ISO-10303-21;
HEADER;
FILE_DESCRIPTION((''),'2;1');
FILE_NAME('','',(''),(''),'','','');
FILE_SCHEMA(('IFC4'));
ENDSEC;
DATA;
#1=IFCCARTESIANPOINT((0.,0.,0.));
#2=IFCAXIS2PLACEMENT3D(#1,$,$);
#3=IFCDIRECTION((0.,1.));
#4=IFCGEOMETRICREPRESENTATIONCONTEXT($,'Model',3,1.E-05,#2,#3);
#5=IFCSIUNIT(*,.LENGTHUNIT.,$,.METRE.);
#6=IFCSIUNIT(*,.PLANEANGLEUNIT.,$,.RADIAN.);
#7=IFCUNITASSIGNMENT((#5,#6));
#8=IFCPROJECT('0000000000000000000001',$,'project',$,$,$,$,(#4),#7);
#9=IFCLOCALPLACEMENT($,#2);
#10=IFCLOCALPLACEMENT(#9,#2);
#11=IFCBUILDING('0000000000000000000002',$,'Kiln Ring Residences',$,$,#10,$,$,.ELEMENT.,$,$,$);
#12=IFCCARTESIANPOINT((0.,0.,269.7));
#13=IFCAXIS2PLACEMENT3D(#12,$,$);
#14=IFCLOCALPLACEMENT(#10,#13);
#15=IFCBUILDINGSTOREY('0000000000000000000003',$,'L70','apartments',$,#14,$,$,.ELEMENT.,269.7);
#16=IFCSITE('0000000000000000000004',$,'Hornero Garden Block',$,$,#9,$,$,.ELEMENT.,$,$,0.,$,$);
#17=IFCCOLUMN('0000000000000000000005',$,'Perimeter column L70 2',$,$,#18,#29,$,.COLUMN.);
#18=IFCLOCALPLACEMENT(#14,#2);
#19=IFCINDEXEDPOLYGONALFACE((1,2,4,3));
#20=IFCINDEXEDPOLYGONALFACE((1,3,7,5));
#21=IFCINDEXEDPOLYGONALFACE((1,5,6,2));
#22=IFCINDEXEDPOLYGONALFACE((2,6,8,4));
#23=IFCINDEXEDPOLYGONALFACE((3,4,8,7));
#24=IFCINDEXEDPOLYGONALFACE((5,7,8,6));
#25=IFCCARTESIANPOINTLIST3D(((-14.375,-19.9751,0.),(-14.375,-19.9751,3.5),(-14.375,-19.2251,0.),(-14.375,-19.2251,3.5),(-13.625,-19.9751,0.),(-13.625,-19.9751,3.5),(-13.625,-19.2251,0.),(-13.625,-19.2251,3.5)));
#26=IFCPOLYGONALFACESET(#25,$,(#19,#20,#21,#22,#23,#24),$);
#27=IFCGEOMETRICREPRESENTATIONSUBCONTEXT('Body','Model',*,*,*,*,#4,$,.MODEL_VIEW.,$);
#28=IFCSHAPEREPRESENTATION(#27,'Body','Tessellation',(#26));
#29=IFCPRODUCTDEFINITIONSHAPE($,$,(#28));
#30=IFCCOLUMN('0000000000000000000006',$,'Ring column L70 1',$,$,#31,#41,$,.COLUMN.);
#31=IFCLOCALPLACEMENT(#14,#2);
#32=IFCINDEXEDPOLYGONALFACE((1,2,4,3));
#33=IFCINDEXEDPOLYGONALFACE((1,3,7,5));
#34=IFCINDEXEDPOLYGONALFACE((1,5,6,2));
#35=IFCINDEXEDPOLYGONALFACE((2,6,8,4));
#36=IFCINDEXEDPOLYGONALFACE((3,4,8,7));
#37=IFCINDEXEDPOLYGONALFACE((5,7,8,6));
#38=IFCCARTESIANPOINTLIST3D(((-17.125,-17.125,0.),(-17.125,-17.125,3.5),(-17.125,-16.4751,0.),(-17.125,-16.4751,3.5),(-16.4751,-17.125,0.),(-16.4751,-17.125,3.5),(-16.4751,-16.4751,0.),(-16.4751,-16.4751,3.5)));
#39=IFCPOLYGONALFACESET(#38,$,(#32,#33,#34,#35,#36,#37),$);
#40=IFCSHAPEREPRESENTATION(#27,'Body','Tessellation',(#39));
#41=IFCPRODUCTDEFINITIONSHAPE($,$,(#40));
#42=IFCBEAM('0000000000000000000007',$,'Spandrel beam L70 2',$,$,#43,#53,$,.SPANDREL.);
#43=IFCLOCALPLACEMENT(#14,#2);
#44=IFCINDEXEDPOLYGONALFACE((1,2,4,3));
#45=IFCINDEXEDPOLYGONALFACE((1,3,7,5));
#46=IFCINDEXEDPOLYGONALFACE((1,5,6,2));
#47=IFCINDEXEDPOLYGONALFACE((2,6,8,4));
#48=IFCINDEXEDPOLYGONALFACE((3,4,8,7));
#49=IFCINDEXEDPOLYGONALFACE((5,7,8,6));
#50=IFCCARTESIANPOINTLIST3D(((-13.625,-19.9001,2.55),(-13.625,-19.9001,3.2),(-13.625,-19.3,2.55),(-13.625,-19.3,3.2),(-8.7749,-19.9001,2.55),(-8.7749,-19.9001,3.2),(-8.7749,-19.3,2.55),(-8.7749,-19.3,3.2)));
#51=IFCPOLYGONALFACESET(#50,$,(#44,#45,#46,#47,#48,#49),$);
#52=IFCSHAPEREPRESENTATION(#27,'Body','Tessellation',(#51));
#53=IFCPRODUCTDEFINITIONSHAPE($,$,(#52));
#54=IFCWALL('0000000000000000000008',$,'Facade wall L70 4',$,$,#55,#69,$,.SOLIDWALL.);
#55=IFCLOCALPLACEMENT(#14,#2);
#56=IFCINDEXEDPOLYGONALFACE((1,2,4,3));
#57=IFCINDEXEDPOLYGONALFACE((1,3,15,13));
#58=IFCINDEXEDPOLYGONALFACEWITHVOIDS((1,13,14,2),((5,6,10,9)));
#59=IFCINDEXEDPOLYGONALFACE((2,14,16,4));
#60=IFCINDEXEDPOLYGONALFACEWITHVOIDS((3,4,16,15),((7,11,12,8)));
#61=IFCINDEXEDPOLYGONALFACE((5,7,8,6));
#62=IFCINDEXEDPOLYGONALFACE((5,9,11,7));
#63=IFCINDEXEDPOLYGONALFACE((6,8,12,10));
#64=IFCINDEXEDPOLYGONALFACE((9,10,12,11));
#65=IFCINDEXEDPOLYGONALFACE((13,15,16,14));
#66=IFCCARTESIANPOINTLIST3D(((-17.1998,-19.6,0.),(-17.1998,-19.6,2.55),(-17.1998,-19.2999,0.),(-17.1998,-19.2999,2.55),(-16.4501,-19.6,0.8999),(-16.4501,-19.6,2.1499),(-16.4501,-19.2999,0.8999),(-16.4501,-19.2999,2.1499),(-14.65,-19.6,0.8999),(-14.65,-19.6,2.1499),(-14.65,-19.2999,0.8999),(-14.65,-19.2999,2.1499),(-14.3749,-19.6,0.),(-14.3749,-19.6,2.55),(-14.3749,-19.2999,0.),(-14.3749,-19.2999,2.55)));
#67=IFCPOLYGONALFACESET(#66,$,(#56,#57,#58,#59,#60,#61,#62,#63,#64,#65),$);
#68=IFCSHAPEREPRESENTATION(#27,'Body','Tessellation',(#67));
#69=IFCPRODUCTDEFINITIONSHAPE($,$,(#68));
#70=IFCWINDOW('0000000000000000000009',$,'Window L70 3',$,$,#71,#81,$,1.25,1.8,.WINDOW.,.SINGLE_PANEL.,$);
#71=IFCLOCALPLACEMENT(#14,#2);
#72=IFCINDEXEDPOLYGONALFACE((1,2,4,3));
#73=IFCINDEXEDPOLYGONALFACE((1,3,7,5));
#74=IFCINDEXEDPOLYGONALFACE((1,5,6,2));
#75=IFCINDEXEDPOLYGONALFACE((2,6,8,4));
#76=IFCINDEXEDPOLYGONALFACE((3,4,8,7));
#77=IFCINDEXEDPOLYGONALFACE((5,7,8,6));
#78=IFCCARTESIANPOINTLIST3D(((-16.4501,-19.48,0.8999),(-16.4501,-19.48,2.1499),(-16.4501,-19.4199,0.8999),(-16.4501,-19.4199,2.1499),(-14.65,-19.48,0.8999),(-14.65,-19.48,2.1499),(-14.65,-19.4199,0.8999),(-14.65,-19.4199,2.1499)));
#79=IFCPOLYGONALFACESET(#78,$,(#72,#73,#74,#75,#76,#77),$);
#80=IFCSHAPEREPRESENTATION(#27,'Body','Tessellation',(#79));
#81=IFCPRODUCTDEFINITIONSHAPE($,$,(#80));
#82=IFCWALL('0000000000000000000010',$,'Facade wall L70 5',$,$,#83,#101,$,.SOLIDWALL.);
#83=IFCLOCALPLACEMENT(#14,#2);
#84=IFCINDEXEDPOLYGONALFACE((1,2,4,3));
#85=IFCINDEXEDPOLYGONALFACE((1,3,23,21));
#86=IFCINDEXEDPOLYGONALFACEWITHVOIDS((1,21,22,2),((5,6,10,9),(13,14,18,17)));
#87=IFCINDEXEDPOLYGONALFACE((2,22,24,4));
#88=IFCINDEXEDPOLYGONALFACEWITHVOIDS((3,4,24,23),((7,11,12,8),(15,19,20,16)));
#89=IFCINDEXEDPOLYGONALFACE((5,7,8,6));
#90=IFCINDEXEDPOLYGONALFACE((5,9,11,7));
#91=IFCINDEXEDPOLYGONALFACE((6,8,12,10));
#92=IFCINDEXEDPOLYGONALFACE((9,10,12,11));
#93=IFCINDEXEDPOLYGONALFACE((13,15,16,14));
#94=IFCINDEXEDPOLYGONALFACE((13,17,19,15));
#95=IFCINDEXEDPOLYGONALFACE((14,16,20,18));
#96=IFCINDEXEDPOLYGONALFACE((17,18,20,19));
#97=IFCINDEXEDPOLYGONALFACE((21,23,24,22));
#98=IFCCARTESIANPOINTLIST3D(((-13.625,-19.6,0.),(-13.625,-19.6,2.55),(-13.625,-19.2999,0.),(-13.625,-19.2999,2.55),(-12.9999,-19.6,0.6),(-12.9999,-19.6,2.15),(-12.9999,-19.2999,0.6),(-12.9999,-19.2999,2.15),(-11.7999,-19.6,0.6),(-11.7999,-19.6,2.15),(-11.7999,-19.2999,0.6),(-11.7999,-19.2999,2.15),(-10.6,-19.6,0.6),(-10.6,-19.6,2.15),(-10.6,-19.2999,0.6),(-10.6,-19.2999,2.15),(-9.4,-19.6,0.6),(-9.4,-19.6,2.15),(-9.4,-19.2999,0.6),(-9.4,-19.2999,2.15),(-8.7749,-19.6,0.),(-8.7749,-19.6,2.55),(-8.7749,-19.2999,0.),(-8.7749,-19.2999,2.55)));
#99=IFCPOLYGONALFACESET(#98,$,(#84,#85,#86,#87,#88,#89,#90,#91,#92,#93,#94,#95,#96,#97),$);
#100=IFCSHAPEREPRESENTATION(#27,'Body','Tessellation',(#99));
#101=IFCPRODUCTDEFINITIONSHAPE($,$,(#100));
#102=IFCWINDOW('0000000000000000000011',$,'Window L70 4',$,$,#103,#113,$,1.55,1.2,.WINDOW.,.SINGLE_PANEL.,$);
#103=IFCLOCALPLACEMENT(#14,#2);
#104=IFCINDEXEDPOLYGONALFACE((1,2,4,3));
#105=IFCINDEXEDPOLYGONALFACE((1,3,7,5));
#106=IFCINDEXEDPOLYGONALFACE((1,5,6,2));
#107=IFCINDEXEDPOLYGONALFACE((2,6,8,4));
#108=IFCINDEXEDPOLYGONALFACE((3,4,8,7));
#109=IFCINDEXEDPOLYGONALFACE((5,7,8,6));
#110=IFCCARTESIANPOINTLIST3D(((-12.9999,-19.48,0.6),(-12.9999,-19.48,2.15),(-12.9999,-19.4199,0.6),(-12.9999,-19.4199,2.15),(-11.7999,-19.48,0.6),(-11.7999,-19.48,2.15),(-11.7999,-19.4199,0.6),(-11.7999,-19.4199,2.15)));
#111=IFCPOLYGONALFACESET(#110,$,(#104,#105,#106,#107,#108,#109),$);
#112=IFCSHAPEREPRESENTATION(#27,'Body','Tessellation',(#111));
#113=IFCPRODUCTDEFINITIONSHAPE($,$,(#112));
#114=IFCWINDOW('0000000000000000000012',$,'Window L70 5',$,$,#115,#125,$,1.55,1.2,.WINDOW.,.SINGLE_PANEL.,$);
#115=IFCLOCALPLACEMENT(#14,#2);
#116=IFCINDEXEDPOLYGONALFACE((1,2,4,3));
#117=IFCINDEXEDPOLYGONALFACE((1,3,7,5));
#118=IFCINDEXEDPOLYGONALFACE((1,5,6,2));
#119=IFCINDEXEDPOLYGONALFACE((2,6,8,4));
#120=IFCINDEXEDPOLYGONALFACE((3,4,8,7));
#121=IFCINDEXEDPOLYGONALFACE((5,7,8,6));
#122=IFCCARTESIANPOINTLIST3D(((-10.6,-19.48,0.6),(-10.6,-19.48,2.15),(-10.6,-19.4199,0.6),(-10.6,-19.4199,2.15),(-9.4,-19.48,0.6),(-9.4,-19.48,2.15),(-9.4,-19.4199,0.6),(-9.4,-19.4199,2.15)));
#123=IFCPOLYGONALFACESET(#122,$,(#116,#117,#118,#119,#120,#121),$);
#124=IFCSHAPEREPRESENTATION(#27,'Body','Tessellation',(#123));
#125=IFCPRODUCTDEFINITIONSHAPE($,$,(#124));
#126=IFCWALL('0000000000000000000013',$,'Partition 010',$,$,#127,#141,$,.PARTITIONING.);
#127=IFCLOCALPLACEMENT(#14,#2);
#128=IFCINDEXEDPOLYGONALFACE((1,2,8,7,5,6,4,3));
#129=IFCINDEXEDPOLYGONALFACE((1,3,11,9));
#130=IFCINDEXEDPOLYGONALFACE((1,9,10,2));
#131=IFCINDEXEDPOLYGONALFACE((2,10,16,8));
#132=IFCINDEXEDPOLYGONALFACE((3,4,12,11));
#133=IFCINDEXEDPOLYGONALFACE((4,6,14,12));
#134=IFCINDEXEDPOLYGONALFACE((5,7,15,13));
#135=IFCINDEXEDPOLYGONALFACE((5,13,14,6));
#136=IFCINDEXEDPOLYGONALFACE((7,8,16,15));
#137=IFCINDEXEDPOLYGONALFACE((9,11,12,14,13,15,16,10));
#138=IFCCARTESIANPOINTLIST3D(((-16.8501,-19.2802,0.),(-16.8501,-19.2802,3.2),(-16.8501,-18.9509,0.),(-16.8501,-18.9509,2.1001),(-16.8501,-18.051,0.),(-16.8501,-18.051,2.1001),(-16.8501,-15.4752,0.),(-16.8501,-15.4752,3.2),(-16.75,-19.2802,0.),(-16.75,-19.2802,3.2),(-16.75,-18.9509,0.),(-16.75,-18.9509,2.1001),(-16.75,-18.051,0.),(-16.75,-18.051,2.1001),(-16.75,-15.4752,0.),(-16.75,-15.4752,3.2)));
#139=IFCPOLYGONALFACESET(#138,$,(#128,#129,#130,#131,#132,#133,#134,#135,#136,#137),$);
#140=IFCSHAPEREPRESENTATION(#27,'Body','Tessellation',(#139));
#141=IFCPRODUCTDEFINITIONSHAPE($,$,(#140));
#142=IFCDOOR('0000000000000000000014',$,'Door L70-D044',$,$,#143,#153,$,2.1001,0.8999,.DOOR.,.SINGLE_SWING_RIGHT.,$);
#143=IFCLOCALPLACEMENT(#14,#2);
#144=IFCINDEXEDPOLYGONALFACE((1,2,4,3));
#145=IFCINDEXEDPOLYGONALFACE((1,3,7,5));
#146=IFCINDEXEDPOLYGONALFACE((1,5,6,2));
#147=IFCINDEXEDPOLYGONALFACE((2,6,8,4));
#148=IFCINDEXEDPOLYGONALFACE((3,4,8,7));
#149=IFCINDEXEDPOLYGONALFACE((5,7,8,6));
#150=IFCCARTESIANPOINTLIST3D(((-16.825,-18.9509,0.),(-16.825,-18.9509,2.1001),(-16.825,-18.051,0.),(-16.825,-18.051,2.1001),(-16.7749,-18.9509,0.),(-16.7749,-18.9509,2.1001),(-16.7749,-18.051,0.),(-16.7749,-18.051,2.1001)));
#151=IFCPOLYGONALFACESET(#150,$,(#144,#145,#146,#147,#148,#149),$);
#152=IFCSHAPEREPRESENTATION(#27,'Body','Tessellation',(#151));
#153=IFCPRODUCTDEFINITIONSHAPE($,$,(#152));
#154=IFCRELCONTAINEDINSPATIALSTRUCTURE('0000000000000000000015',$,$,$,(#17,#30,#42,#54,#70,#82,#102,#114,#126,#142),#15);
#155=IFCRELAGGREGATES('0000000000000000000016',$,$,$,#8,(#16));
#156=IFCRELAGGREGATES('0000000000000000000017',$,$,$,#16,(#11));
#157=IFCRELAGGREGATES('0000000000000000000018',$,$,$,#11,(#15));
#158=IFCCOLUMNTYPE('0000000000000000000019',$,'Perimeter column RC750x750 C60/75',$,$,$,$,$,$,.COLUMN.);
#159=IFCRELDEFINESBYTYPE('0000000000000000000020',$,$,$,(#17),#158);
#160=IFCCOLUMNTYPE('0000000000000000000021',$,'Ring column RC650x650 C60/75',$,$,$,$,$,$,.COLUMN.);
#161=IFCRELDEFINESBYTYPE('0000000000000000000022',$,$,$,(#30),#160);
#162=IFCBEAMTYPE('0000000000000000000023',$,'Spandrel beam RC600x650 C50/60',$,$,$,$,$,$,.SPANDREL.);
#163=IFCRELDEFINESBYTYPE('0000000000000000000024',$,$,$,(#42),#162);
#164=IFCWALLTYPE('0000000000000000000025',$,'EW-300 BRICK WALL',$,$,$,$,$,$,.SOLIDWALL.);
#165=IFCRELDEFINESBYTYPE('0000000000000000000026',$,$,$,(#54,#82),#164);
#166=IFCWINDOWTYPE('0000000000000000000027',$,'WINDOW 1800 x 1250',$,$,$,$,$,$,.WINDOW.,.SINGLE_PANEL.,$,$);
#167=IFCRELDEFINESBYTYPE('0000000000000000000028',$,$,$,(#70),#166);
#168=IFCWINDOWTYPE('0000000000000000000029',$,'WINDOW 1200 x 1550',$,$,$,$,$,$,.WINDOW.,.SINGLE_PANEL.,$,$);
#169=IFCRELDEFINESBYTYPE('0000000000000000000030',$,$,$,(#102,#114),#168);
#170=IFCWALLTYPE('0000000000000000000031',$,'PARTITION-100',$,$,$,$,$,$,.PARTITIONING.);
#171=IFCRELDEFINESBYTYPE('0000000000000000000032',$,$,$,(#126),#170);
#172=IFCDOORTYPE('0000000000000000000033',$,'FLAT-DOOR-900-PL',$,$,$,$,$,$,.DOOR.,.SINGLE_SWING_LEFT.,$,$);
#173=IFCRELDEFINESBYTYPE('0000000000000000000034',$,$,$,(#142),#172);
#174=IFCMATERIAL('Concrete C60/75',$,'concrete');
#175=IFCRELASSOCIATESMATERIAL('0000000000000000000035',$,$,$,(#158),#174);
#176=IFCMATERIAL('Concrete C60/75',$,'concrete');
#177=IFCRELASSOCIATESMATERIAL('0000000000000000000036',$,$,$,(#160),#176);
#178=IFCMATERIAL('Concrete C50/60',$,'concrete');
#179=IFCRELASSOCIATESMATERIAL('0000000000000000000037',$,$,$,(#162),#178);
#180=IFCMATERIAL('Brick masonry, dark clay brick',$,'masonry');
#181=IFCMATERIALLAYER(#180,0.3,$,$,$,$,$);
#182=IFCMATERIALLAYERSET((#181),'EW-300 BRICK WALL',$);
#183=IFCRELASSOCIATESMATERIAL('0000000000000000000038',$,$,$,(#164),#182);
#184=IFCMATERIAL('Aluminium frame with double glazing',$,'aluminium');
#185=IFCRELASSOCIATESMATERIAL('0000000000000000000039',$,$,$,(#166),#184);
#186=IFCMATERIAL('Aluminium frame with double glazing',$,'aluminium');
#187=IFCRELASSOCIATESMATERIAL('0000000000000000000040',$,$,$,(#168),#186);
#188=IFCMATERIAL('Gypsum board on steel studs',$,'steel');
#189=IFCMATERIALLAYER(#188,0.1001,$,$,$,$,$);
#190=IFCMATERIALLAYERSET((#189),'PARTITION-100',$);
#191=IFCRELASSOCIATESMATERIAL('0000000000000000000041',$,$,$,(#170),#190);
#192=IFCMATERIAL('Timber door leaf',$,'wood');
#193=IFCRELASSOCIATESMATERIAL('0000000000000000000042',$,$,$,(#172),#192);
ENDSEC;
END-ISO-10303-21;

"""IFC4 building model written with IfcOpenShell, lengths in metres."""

from ifc_helpers import new_model, si_unit, direction, frame, frame_2d, origin, origin_2d, place, context, subcontext, project, spatial, rectangle, extrude, material, layer, layer_set, material_profile, profile_set, type_object, element, fill, save


model = new_model("IFC4")

# Units and contexts
model_context = context("Model", 3, precision=1e-05, world=origin(), true_north=direction((0.0, 1.0)))
body_context = subcontext(model_context, "Body", "Model", "MODEL_VIEW")
ifc_project = project(units=[si_unit("LENGTHUNIT", "METRE"), si_unit("PLANEANGLEUNIT", "RADIAN")], contexts=[model_context])

# Site, building, storey
site_placement = place(None, origin())
site = spatial("IfcSite", under=ifc_project, at=site_placement, Name="Hornero Garden Block", CompositionType="ELEMENT", RefElevation=0.0)
building_placement = place(site_placement, origin())
building = spatial("IfcBuilding", under=site, at=building_placement, Name="Kiln Ring Residences", CompositionType="ELEMENT")
storey_placement = place(building_placement, frame((0.0, 0.0, 269.7)))
storey = spatial("IfcBuildingStorey", under=building, at=storey_placement, Name="L70", Description="apartments", CompositionType="ELEMENT", Elevation=269.7)

# Columns
ifc_material_1 = material(Name="Concrete C60/75", Category="concrete")
ifc_material_profile_1 = material_profile(ifc_material_1, rectangle(XDim=0.75, YDim=0.75, at=origin_2d()), Name="RC750x750")
ifc_profile_set_1 = profile_set([ifc_material_profile_1], Name="Concrete C60/75")
column_type_1 = type_object("IfcColumnType", Name="Perimeter column RC750x750 C60/75", PredefinedType="COLUMN", material=ifc_profile_set_1)
column_1_placement = place(storey_placement, frame((-14.0, -19.6001, 0.0), z_axis=(0.0, 0.0, 1.0), x_axis=(1.0, 0.0, 0.0)))
element("IfcColumn", 1, at=column_1_placement, inside=storey, type_object=column_type_1, Name="Perimeter column L70 2", PredefinedType="COLUMN", context=body_context, shape_type="SweptSolid", body=[
    extrude(rectangle(XDim=0.75, YDim=0.75, at=origin_2d()), origin(), (0.0, 0.0, 1.0), 3.5),
])
ifc_material_2 = material(Name="Concrete C60/75", Category="concrete")
ifc_material_profile_2 = material_profile(ifc_material_2, rectangle(XDim=0.6499, YDim=0.6499, at=origin_2d()), Name="RC650x650")
ifc_profile_set_2 = profile_set([ifc_material_profile_2], Name="Concrete C60/75")
column_type_2 = type_object("IfcColumnType", Name="Ring column RC650x650 C60/75", PredefinedType="COLUMN", material=ifc_profile_set_2)
column_2_placement = place(storey_placement, frame((-16.8, -16.8, 0.0), z_axis=(0.0, 0.0, 1.0), x_axis=(1.0, 0.0, 0.0)))
element("IfcColumn", 2, at=column_2_placement, inside=storey, type_object=column_type_2, Name="Ring column L70 1", PredefinedType="COLUMN", context=body_context, shape_type="SweptSolid", body=[
    extrude(rectangle(XDim=0.6499, YDim=0.6499, at=origin_2d()), origin(), (0.0, 0.0, 1.0), 3.5),
])

# Beam
ifc_material_3 = material(Name="Concrete C50/60", Category="concrete")
ifc_material_profile_3 = material_profile(ifc_material_3, rectangle(XDim=0.6001, YDim=0.6499, at=origin_2d()), Name="RC600x650")
ifc_profile_set_3 = profile_set([ifc_material_profile_3], Name="Concrete C50/60")
beam_type = type_object("IfcBeamType", Name="Spandrel beam RC600x650 C50/60", PredefinedType="SPANDREL", material=ifc_profile_set_3)
beam_placement = place(storey_placement, frame((-13.625, -19.6001, 2.875), z_axis=(1.0, 0.0, 0.0), x_axis=(0.0, 1.0, 0.0)))
element("IfcBeam", 3, at=beam_placement, inside=storey, type_object=beam_type, Name="Spandrel beam L70 2", PredefinedType="SPANDREL", context=body_context, shape_type="SweptSolid", body=[
    extrude(rectangle(XDim=0.6001, YDim=0.6499, at=origin_2d()), origin(), (0.0, 0.0, 1.0), 4.8501),
])

# Wall, opening, window
ifc_material_4 = material(Name="Brick masonry, dark clay brick", Category="masonry")
ifc_layer_1 = layer(ifc_material_4, 0.3)
ifc_layer_set_1 = layer_set([ifc_layer_1], Name="EW-300 BRICK WALL")
wall_type_1 = type_object("IfcWallType", Name="EW-300 BRICK WALL", PredefinedType="SOLIDWALL", material=ifc_layer_set_1)
wall_1_placement = place(storey_placement, frame((-17.2, -19.45, 0.0), z_axis=(0.0, 0.0, 1.0), x_axis=(1.0, 0.0, 0.0)))
wall_1 = element("IfcWall", 4, at=wall_1_placement, inside=storey, type_object=wall_type_1, Name="Facade wall L70 4", PredefinedType="SOLIDWALL", context=body_context, shape_type="SweptSolid", body=[
    extrude(rectangle(XDim=2.825, YDim=0.3, at=frame_2d((1.4126, 0.0))), origin(), (0.0, 0.0, 1.0), 2.55),
])
opening_1_placement = place(wall_1_placement, frame((0.75, 0.0, 0.8999)))
opening_1 = element("IfcOpeningElement", 5, at=opening_1_placement, cuts=wall_1, PredefinedType="OPENING", context=body_context, shape_type="SweptSolid", body=[
    extrude(rectangle(XDim=1.8, YDim=1.25, at=frame_2d((0.8999, 0.625))), frame((0.0, 0.1599, 0.0), z_axis=(0.0, -1.0, 0.0), x_axis=(1.0, 0.0, 0.0)), (0.0, 0.0, 1.0), 0.3201),
])
ifc_material_5 = material(Name="Aluminium frame with double glazing", Category="aluminium")
window_type_1 = type_object("IfcWindowType", Name="WINDOW 1800 x 1250", PartitioningType="SINGLE_PANEL", PredefinedType="WINDOW", material=ifc_material_5)
window_1_placement = place(opening_1_placement, origin())
window_1 = element("IfcWindow", 6, at=window_1_placement, inside=storey, type_object=window_type_1, Name="Window L70 3", OverallHeight=1.25, OverallWidth=1.8, PartitioningType="SINGLE_PANEL", PredefinedType="WINDOW", context=body_context, shape_type="SweptSolid", body=[
    extrude(rectangle(XDim=1.8, YDim=1.25, at=frame_2d((0.8999, 0.625))), frame((0.0, 0.03, 0.0), z_axis=(0.0, -1.0, 0.0), x_axis=(1.0, 0.0, 0.0)), (0.0, 0.0, 1.0), 0.0601),
])
fill(opening_1, window_1)

# Wall, openings, windows
wall_2_placement = place(storey_placement, frame((-13.625, -19.45, 0.0), z_axis=(0.0, 0.0, 1.0), x_axis=(1.0, 0.0, 0.0)))
wall_2 = element("IfcWall", 7, at=wall_2_placement, inside=storey, type_object=wall_type_1, Name="Facade wall L70 5", PredefinedType="SOLIDWALL", context=body_context, shape_type="SweptSolid", body=[
    extrude(rectangle(XDim=4.8501, YDim=0.3, at=frame_2d((2.425, 0.0))), origin(), (0.0, 0.0, 1.0), 2.55),
])
opening_2_placement = place(wall_2_placement, frame((0.625, 0.0, 0.6001)))
opening_2 = element("IfcOpeningElement", 8, at=opening_2_placement, cuts=wall_2, PredefinedType="OPENING", context=body_context, shape_type="SweptSolid", body=[
    extrude(rectangle(XDim=1.2, YDim=1.55, at=frame_2d((0.6001, 0.7749))), frame((0.0, 0.1599, 0.0), z_axis=(0.0, -1.0, 0.0), x_axis=(1.0, 0.0, 0.0)), (0.0, 0.0, 1.0), 0.3201),
])
opening_3_placement = place(wall_2_placement, frame((3.0249, 0.0, 0.6001)))
opening_3 = element("IfcOpeningElement", 9, at=opening_3_placement, cuts=wall_2, PredefinedType="OPENING", context=body_context, shape_type="SweptSolid", body=[
    extrude(rectangle(XDim=1.2, YDim=1.55, at=frame_2d((0.6001, 0.7749))), frame((0.0, 0.1599, 0.0), z_axis=(0.0, -1.0, 0.0), x_axis=(1.0, 0.0, 0.0)), (0.0, 0.0, 1.0), 0.3201),
])
ifc_material_6 = material(Name="Aluminium frame with double glazing", Category="aluminium")
window_type_2 = type_object("IfcWindowType", Name="WINDOW 1200 x 1550", PartitioningType="SINGLE_PANEL", PredefinedType="WINDOW", material=ifc_material_6)
window_2_placement = place(opening_2_placement, origin())
window_2 = element("IfcWindow", 10, at=window_2_placement, inside=storey, type_object=window_type_2, Name="Window L70 4", OverallHeight=1.55, OverallWidth=1.2, PartitioningType="SINGLE_PANEL", PredefinedType="WINDOW", context=body_context, shape_type="SweptSolid", body=[
    extrude(rectangle(XDim=1.2, YDim=1.55, at=frame_2d((0.6001, 0.7749))), frame((0.0, 0.03, 0.0), z_axis=(0.0, -1.0, 0.0), x_axis=(1.0, 0.0, 0.0)), (0.0, 0.0, 1.0), 0.0601),
])
fill(opening_2, window_2)
window_3_placement = place(opening_3_placement, origin())
window_3 = element("IfcWindow", 11, at=window_3_placement, inside=storey, type_object=window_type_2, Name="Window L70 5", OverallHeight=1.55, OverallWidth=1.2, PartitioningType="SINGLE_PANEL", PredefinedType="WINDOW", context=body_context, shape_type="SweptSolid", body=[
    extrude(rectangle(XDim=1.2, YDim=1.55, at=frame_2d((0.6001, 0.7749))), frame((0.0, 0.03, 0.0), z_axis=(0.0, -1.0, 0.0), x_axis=(1.0, 0.0, 0.0)), (0.0, 0.0, 1.0), 0.0601),
])
fill(opening_3, window_3)

# Wall, opening, door
ifc_material_7 = material(Name="Gypsum board on steel studs", Category="steel")
ifc_layer_2 = layer(ifc_material_7, 0.1001)
ifc_layer_set_2 = layer_set([ifc_layer_2], Name="PARTITION-100")
wall_type_2 = type_object("IfcWallType", Name="PARTITION-100", PredefinedType="PARTITIONING", material=ifc_layer_set_2)
wall_3_placement = place(storey_placement, frame((-16.8, -19.28, 0.0), z_axis=(0.0, 0.0, 1.0), x_axis=(0.0, 1.0, 0.0)))
wall_3 = element("IfcWall", 12, at=wall_3_placement, inside=storey, type_object=wall_type_2, Name="Partition 010", PredefinedType="PARTITIONING", context=body_context, shape_type="SweptSolid", body=[
    extrude(rectangle(XDim=3.8049, YDim=0.1001, at=frame_2d((1.9023, 0.0))), origin(), (0.0, 0.0, 1.0), 3.2),
])
opening_4_placement = place(wall_3_placement, frame((0.3291, 0.0, 0.0)))
opening_4 = element("IfcOpeningElement", 13, at=opening_4_placement, cuts=wall_3, PredefinedType="OPENING", context=body_context, shape_type="SweptSolid", body=[
    extrude(rectangle(XDim=0.8999, YDim=2.1001, at=frame_2d((0.45, 1.05))), frame((0.0, 0.0601, 0.0), z_axis=(0.0, -1.0, 0.0), x_axis=(1.0, 0.0, 0.0)), (0.0, 0.0, 1.0), 0.1201),
])
ifc_material_8 = material(Name="Timber door leaf", Category="wood")
door_type_1 = type_object("IfcDoorType", Name="FLAT-DOOR-900-PL", OperationType="SINGLE_SWING_LEFT", PredefinedType="DOOR", material=ifc_material_8)
door_1_placement = place(opening_4_placement, origin())
door_1 = element("IfcDoor", 14, at=door_1_placement, inside=storey, type_object=door_type_1, Name="Door L70-D044", OperationType="SINGLE_SWING_RIGHT", OverallHeight=2.1001, OverallWidth=0.8999, PredefinedType="DOOR", context=body_context, shape_type="SweptSolid", body=[
    extrude(rectangle(XDim=0.8999, YDim=2.1001, at=frame_2d((0.45, 1.05))), frame((0.0, 0.0249, 0.0), z_axis=(0.0, -1.0, 0.0), x_axis=(1.0, 0.0, 0.0)), (0.0, 0.0, 1.0), 0.05),
])
fill(opening_4, door_1)

save(model, "model.ifc")
